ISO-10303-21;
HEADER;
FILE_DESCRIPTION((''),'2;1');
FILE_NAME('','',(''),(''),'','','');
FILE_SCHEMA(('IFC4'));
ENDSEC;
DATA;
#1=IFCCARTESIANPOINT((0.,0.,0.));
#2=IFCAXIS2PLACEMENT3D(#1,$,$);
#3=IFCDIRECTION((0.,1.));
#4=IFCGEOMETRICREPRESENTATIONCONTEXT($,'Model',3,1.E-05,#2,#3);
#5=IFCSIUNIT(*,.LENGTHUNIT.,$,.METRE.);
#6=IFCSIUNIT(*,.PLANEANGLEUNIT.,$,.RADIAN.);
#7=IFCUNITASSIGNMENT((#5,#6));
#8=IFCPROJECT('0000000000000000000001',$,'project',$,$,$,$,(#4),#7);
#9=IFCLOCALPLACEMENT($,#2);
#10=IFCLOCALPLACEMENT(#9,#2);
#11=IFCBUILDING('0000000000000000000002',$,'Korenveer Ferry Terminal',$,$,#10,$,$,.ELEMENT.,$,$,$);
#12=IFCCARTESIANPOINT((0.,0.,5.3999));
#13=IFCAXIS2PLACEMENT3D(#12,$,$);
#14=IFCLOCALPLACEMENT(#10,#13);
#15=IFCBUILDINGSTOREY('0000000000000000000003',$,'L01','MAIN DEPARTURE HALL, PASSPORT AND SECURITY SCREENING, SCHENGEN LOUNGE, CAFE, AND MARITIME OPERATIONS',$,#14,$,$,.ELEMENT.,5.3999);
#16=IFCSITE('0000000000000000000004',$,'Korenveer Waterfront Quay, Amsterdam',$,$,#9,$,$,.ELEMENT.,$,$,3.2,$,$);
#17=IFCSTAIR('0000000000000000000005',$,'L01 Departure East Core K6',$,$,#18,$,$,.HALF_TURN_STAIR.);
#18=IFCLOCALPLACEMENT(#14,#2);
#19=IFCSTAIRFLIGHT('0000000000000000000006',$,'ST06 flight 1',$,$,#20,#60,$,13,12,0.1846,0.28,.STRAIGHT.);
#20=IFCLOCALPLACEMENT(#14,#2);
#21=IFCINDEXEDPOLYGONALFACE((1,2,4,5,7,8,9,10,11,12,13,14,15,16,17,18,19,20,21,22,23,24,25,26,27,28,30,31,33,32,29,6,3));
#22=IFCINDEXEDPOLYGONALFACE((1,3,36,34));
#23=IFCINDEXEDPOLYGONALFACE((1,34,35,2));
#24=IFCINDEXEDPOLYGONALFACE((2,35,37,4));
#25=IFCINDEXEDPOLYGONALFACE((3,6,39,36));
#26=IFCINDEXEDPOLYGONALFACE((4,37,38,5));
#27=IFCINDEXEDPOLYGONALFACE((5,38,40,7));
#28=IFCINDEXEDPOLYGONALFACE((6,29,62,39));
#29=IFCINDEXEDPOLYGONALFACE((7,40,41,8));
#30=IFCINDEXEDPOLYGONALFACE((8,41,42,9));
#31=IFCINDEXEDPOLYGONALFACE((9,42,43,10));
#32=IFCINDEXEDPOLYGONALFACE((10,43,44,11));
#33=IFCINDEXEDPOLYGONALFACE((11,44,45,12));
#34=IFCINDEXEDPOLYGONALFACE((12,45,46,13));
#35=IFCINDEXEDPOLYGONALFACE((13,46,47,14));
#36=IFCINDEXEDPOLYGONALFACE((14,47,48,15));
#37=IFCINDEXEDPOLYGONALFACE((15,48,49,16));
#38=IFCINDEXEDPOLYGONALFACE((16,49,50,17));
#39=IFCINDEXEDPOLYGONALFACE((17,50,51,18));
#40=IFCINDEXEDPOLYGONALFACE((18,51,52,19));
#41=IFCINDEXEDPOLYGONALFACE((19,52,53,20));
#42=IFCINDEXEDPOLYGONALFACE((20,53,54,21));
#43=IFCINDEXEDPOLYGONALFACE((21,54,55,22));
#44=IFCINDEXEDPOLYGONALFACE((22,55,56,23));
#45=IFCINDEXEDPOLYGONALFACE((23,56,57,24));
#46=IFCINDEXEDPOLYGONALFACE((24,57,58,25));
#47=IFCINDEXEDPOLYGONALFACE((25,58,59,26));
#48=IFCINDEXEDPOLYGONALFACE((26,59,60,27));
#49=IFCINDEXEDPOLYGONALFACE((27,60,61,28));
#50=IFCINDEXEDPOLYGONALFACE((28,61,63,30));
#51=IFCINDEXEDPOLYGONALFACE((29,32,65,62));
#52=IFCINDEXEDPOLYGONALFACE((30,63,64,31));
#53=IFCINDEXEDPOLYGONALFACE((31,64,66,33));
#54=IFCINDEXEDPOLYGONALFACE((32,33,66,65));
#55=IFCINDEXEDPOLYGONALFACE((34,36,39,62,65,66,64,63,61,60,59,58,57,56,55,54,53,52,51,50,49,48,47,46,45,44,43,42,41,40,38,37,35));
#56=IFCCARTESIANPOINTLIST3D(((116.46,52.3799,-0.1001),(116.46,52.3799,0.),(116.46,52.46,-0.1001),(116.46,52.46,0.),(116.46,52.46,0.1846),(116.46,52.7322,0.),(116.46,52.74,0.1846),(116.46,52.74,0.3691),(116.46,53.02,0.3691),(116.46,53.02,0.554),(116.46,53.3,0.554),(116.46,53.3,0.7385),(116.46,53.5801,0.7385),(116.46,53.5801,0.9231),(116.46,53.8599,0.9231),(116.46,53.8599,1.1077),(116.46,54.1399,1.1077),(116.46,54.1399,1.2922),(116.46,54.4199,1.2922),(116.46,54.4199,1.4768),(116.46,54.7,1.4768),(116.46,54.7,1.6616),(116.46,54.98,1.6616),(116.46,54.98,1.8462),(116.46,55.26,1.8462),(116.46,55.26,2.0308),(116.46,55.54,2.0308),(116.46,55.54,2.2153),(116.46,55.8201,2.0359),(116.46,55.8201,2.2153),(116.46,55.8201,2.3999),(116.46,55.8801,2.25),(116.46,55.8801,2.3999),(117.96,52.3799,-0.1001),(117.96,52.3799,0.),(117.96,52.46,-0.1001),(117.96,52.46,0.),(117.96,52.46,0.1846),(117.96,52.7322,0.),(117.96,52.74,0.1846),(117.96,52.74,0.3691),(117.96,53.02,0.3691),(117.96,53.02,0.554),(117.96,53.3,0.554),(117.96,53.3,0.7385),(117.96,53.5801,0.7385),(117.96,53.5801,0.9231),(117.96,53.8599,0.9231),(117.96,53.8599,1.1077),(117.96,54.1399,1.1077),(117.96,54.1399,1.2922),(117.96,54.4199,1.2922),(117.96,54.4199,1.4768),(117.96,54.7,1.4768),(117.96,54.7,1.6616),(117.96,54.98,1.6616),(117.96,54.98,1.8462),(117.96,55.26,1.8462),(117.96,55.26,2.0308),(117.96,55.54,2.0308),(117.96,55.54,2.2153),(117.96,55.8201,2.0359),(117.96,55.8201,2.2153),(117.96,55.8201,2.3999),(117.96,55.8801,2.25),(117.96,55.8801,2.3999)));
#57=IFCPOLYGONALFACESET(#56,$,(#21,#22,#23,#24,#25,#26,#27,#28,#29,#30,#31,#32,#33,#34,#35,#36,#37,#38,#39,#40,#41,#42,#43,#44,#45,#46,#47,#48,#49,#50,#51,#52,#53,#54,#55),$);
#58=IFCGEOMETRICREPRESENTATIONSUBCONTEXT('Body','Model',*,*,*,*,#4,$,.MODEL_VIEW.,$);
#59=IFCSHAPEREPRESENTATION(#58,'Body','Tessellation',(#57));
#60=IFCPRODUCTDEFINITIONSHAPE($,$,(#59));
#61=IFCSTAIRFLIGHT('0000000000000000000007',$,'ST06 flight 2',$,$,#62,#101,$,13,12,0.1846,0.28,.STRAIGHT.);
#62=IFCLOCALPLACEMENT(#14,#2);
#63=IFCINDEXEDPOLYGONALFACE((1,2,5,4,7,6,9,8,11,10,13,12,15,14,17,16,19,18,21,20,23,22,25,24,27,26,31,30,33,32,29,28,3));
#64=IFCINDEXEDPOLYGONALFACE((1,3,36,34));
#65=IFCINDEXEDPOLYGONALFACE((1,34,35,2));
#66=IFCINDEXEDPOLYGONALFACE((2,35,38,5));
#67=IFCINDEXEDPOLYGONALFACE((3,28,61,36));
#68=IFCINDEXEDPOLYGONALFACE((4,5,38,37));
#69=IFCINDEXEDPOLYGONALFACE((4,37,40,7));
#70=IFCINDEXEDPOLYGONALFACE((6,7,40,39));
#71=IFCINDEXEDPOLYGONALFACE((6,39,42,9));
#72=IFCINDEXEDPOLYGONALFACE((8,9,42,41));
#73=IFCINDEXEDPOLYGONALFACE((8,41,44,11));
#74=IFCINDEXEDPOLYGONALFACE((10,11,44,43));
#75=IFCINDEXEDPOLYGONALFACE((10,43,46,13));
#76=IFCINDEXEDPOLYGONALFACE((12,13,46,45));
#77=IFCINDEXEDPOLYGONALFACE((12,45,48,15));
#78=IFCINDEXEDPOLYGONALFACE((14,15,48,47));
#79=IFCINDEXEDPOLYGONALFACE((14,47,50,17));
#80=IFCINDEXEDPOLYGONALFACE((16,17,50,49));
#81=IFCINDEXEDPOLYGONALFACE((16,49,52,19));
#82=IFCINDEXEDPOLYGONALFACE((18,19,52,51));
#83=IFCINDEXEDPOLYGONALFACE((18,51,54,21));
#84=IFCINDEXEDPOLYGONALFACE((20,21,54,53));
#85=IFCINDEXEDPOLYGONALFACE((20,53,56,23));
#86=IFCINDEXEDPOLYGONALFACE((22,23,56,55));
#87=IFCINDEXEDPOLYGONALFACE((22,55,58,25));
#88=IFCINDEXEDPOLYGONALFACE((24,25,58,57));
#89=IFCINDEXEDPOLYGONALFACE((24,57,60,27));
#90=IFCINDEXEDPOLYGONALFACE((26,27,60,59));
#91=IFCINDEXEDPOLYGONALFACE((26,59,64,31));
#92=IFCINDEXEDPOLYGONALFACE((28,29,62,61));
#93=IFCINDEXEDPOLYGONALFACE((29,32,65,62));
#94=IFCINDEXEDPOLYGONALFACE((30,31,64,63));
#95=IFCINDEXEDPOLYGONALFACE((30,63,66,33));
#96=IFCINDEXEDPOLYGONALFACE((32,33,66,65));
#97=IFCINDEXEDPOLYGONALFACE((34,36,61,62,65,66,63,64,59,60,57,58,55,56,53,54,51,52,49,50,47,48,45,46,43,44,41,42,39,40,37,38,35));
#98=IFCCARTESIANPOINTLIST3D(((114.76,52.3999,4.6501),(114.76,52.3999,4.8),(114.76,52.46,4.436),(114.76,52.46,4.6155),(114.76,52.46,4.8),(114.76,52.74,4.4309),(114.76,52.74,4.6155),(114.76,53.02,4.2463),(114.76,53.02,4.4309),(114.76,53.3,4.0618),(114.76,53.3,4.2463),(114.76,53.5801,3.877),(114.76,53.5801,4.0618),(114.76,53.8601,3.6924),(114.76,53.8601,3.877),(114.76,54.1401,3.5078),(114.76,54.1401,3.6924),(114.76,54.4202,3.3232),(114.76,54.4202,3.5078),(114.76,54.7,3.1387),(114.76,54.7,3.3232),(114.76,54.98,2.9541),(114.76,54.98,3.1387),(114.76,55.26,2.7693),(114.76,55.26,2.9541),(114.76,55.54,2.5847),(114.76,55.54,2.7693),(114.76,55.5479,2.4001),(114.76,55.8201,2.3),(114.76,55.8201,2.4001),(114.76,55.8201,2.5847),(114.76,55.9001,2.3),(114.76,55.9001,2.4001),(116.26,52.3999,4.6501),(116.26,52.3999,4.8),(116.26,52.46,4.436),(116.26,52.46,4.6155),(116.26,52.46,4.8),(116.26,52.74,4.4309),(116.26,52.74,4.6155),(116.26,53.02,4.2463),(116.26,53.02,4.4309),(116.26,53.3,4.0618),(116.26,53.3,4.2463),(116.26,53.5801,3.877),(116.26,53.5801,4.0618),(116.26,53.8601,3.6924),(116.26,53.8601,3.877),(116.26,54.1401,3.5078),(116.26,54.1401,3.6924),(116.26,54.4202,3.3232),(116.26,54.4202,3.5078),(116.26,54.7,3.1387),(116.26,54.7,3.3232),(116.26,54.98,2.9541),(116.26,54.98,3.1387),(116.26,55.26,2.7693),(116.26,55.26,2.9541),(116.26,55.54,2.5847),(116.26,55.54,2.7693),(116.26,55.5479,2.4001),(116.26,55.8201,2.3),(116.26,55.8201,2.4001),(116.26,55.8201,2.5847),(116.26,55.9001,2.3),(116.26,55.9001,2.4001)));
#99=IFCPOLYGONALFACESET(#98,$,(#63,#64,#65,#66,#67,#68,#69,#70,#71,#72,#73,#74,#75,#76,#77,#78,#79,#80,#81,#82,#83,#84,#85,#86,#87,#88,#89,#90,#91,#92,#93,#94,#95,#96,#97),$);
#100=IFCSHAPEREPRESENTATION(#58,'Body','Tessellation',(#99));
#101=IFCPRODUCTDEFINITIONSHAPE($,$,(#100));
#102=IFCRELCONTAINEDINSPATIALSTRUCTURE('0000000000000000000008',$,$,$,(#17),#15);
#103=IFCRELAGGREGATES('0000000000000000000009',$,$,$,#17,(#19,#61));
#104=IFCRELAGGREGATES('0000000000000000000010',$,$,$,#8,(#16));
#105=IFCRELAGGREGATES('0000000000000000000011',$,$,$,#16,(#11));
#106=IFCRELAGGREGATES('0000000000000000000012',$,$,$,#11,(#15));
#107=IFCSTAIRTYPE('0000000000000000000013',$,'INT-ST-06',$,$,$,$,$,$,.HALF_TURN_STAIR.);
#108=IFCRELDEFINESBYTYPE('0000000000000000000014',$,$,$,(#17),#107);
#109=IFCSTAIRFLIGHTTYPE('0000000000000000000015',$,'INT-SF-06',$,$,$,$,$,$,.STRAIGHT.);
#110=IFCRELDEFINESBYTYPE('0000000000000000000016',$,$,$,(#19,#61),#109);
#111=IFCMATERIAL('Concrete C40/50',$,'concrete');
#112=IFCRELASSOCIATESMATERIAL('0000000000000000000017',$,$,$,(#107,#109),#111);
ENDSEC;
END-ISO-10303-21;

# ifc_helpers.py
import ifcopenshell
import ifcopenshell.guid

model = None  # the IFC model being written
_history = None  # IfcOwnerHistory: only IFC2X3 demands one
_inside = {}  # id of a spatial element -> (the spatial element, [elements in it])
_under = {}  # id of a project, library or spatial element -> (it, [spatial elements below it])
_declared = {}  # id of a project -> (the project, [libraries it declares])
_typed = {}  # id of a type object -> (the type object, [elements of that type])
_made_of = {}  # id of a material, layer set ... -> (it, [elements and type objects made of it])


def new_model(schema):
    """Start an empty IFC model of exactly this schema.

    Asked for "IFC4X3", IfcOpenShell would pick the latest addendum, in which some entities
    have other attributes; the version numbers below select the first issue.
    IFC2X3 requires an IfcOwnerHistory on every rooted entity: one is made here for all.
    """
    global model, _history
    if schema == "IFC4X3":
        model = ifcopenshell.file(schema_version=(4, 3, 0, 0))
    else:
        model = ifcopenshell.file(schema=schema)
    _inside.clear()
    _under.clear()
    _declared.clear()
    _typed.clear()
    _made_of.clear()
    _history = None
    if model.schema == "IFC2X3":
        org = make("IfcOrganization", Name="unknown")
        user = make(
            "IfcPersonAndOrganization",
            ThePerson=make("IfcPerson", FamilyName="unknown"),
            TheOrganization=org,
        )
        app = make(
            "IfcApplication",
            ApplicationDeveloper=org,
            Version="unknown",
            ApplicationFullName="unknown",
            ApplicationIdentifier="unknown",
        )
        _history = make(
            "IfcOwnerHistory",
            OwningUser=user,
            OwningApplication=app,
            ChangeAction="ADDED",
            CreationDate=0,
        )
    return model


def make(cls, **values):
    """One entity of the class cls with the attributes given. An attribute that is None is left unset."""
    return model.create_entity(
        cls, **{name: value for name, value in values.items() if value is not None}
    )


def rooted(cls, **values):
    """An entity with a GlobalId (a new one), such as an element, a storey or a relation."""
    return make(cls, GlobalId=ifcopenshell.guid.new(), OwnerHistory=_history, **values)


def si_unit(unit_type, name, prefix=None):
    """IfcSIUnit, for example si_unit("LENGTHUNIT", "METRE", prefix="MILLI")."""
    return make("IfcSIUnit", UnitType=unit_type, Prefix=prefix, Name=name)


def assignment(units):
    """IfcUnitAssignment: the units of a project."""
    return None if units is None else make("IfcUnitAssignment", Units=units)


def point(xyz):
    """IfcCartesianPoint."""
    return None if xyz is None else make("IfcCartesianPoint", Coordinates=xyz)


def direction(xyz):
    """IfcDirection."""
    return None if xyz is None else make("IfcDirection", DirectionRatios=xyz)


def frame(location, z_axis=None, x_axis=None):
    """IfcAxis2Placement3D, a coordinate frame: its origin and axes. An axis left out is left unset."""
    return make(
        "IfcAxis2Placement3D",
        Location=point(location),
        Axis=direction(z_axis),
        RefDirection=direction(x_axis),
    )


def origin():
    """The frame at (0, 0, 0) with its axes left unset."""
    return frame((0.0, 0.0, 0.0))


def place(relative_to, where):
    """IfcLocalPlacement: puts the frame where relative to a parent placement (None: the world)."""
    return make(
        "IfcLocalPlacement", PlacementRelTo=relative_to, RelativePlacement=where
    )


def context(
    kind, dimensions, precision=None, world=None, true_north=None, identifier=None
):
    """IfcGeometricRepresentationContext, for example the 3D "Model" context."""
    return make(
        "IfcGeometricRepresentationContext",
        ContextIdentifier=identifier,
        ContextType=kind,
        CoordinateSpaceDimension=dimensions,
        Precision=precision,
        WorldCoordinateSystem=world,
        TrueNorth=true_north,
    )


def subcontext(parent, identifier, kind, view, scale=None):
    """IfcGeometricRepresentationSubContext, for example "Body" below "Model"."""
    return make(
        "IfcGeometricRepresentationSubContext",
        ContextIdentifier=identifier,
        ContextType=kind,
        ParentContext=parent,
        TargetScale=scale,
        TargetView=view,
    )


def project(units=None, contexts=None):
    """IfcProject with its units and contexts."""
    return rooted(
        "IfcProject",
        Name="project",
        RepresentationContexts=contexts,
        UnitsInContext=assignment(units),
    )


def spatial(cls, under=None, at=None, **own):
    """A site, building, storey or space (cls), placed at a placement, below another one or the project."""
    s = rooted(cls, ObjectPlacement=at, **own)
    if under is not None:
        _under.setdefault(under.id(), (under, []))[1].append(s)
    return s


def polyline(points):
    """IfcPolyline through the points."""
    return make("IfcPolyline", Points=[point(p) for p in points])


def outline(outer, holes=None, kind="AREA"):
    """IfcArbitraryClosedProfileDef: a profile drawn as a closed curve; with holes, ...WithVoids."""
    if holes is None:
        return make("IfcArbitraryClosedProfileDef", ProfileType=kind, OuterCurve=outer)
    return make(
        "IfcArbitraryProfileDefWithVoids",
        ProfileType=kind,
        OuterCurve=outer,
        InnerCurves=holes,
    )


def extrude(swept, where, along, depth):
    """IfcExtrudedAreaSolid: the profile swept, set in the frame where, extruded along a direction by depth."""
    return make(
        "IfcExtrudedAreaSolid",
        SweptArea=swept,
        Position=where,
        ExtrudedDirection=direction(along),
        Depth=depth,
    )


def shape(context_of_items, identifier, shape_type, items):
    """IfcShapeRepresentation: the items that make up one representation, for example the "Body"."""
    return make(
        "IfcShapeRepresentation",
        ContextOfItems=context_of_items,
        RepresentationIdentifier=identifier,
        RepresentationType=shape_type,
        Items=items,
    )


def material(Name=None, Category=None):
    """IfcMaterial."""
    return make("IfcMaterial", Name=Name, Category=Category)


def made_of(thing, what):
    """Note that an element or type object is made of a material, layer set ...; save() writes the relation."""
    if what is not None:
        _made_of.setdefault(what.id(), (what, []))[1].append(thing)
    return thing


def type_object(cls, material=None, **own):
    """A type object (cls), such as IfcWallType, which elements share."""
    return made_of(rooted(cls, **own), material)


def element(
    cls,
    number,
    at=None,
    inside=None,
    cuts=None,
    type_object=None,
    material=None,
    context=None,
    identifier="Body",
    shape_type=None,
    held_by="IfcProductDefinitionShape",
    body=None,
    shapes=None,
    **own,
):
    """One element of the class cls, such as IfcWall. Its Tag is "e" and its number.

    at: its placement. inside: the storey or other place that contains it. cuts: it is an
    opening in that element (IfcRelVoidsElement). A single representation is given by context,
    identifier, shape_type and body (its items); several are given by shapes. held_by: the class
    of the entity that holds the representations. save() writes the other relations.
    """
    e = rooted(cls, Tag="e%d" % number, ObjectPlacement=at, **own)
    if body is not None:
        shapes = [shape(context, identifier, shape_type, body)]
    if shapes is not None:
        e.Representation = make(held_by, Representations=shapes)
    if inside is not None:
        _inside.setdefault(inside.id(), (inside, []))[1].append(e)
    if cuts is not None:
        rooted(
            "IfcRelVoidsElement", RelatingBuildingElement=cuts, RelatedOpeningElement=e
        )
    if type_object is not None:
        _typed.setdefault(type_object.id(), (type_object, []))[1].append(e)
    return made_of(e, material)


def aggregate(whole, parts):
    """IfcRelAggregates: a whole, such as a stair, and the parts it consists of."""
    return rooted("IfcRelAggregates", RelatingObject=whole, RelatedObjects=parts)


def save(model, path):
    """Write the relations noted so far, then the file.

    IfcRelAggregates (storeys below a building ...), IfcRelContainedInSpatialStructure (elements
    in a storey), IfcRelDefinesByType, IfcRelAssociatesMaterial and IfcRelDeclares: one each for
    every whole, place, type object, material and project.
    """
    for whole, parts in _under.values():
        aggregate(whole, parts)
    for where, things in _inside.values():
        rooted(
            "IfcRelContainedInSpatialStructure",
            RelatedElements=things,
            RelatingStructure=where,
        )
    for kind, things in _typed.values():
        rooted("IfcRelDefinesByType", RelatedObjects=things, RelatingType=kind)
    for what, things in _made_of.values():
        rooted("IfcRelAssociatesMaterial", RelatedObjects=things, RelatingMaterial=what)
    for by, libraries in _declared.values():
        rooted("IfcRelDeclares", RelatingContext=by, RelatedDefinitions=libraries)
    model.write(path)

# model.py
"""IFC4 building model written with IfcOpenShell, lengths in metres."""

from ifc_helpers import new_model, si_unit, direction, frame, origin, place, context, subcontext, project, spatial, polyline, outline, extrude, material, type_object, element, aggregate, save


model = new_model("IFC4")

# Units and contexts
model_context = context("Model", 3, precision=1e-05, world=origin(), true_north=direction((0.0, 1.0)))
body_context = subcontext(model_context, "Body", "Model", "MODEL_VIEW")
ifc_project = project(units=[si_unit("LENGTHUNIT", "METRE"), si_unit("PLANEANGLEUNIT", "RADIAN")], contexts=[model_context])

# Site, building, storey
site_placement = place(None, origin())
site = spatial("IfcSite", under=ifc_project, at=site_placement, Name="Korenveer Waterfront Quay, Amsterdam", CompositionType="ELEMENT", RefElevation=3.2)
building_placement = place(site_placement, origin())
building = spatial("IfcBuilding", under=site, at=building_placement, Name="Korenveer Ferry Terminal", CompositionType="ELEMENT")
storey_placement = place(building_placement, frame((0.0, 0.0, 5.3999)))
storey = spatial("IfcBuildingStorey", under=building, at=storey_placement, Name="L01", Description="MAIN DEPARTURE HALL, PASSPORT AND SECURITY SCREENING, SCHENGEN LOUNGE, CAFE, AND MARITIME OPERATIONS", CompositionType="ELEMENT", Elevation=5.3999)

# Stair, stair flights
ifc_material_1 = material(Name="Concrete C40/50", Category="concrete")
stair_type = type_object("IfcStairType", Name="INT-ST-06", PredefinedType="HALF_TURN_STAIR", material=ifc_material_1)
stair_placement = place(storey_placement, frame((117.21, 52.46, 0.0)))
stair = element("IfcStair", 1, at=stair_placement, inside=storey, type_object=stair_type, Name="L01 Departure East Core K6", PredefinedType="HALF_TURN_STAIR")
stair_flight_type = type_object("IfcStairFlightType", Name="INT-SF-06", PredefinedType="STRAIGHT", material=ifc_material_1)
stair_flight_1_placement = place(storey_placement, frame((117.21, 52.46, 0.0), z_axis=(0.0, 0.0, 1.0), x_axis=(0.0, 1.0, 0.0)))
stair_flight_1 = element("IfcStairFlight", 2, at=stair_flight_1_placement, type_object=stair_flight_type, Name="ST06 flight 1", NumberOfRisers=13, NumberOfTreads=12, PredefinedType="STRAIGHT", RiserHeight=0.1846, TreadLength=0.28, context=body_context, shape_type="SweptSolid", body=[
    extrude(outline(polyline([(-0.0801, 0.0), (0.0, 0.0), (0.0, 0.1846), (0.28, 0.1846), (0.28, 0.3691), (0.5601, 0.3691), (0.5601, 0.554), (0.8401, 0.554), (0.8401, 0.7385), (1.1201, 0.7385), (1.1201, 0.9231), (1.3999, 0.9231), (1.3999, 1.1077), (1.6799, 1.1077), (1.6799, 1.2922), (1.96, 1.2922), (1.96, 1.4768), (2.24, 1.4768), (2.24, 1.6616), (2.52, 1.6616), (2.52, 1.8462), (2.8, 1.8462), (2.8, 2.0308), (3.0801, 2.0308), (3.0801, 2.2153), (3.3601, 2.2153), (3.3601, 2.3999), (3.4202, 2.3999), (3.4202, 2.25), (3.3601, 2.0359), (0.2722, 0.0), (0.0, -0.1001), (-0.0801, -0.1001), (-0.0801, 0.0)])), frame((0.0, 0.75, 0.0), z_axis=(0.0, -1.0, 0.0), x_axis=(1.0, 0.0, 0.0)), (0.0, 0.0, 1.0), 1.5),
])
stair_flight_2_placement = place(storey_placement, frame((115.51, 55.8201, 2.4001), z_axis=(0.0, 0.0, 1.0), x_axis=(0.0, -1.0, 0.0)))
stair_flight_2 = element("IfcStairFlight", 3, at=stair_flight_2_placement, type_object=stair_flight_type, Name="ST06 flight 2", NumberOfRisers=13, NumberOfTreads=12, PredefinedType="STRAIGHT", RiserHeight=0.1846, TreadLength=0.28, context=body_context, shape_type="SweptSolid", body=[
    extrude(outline(polyline([(-0.0801, 0.0), (0.0, 0.0), (0.0, 0.1846), (0.28, 0.1846), (0.28, 0.3691), (0.5601, 0.3691), (0.5601, 0.554), (0.8401, 0.554), (0.8401, 0.7385), (1.1201, 0.7385), (1.1201, 0.9231), (1.3999, 0.9231), (1.3999, 1.1077), (1.6799, 1.1077), (1.6799, 1.2922), (1.96, 1.2922), (1.96, 1.4768), (2.24, 1.4768), (2.24, 1.6616), (2.52, 1.6616), (2.52, 1.8462), (2.8, 1.8462), (2.8, 2.0308), (3.0801, 2.0308), (3.0801, 2.2153), (3.3601, 2.2153), (3.3601, 2.3999), (3.4202, 2.3999), (3.4202, 2.25), (3.3601, 2.0359), (0.2722, 0.0), (0.0, -0.1001), (-0.0801, -0.1001), (-0.0801, 0.0)])), frame((0.0, 0.75, 0.0), z_axis=(0.0, -1.0, 0.0), x_axis=(1.0, 0.0, 0.0)), (0.0, 0.0, 1.0), 1.5),
])
aggregate(stair, [stair_flight_1, stair_flight_2])

save(model, "model.ifc")
